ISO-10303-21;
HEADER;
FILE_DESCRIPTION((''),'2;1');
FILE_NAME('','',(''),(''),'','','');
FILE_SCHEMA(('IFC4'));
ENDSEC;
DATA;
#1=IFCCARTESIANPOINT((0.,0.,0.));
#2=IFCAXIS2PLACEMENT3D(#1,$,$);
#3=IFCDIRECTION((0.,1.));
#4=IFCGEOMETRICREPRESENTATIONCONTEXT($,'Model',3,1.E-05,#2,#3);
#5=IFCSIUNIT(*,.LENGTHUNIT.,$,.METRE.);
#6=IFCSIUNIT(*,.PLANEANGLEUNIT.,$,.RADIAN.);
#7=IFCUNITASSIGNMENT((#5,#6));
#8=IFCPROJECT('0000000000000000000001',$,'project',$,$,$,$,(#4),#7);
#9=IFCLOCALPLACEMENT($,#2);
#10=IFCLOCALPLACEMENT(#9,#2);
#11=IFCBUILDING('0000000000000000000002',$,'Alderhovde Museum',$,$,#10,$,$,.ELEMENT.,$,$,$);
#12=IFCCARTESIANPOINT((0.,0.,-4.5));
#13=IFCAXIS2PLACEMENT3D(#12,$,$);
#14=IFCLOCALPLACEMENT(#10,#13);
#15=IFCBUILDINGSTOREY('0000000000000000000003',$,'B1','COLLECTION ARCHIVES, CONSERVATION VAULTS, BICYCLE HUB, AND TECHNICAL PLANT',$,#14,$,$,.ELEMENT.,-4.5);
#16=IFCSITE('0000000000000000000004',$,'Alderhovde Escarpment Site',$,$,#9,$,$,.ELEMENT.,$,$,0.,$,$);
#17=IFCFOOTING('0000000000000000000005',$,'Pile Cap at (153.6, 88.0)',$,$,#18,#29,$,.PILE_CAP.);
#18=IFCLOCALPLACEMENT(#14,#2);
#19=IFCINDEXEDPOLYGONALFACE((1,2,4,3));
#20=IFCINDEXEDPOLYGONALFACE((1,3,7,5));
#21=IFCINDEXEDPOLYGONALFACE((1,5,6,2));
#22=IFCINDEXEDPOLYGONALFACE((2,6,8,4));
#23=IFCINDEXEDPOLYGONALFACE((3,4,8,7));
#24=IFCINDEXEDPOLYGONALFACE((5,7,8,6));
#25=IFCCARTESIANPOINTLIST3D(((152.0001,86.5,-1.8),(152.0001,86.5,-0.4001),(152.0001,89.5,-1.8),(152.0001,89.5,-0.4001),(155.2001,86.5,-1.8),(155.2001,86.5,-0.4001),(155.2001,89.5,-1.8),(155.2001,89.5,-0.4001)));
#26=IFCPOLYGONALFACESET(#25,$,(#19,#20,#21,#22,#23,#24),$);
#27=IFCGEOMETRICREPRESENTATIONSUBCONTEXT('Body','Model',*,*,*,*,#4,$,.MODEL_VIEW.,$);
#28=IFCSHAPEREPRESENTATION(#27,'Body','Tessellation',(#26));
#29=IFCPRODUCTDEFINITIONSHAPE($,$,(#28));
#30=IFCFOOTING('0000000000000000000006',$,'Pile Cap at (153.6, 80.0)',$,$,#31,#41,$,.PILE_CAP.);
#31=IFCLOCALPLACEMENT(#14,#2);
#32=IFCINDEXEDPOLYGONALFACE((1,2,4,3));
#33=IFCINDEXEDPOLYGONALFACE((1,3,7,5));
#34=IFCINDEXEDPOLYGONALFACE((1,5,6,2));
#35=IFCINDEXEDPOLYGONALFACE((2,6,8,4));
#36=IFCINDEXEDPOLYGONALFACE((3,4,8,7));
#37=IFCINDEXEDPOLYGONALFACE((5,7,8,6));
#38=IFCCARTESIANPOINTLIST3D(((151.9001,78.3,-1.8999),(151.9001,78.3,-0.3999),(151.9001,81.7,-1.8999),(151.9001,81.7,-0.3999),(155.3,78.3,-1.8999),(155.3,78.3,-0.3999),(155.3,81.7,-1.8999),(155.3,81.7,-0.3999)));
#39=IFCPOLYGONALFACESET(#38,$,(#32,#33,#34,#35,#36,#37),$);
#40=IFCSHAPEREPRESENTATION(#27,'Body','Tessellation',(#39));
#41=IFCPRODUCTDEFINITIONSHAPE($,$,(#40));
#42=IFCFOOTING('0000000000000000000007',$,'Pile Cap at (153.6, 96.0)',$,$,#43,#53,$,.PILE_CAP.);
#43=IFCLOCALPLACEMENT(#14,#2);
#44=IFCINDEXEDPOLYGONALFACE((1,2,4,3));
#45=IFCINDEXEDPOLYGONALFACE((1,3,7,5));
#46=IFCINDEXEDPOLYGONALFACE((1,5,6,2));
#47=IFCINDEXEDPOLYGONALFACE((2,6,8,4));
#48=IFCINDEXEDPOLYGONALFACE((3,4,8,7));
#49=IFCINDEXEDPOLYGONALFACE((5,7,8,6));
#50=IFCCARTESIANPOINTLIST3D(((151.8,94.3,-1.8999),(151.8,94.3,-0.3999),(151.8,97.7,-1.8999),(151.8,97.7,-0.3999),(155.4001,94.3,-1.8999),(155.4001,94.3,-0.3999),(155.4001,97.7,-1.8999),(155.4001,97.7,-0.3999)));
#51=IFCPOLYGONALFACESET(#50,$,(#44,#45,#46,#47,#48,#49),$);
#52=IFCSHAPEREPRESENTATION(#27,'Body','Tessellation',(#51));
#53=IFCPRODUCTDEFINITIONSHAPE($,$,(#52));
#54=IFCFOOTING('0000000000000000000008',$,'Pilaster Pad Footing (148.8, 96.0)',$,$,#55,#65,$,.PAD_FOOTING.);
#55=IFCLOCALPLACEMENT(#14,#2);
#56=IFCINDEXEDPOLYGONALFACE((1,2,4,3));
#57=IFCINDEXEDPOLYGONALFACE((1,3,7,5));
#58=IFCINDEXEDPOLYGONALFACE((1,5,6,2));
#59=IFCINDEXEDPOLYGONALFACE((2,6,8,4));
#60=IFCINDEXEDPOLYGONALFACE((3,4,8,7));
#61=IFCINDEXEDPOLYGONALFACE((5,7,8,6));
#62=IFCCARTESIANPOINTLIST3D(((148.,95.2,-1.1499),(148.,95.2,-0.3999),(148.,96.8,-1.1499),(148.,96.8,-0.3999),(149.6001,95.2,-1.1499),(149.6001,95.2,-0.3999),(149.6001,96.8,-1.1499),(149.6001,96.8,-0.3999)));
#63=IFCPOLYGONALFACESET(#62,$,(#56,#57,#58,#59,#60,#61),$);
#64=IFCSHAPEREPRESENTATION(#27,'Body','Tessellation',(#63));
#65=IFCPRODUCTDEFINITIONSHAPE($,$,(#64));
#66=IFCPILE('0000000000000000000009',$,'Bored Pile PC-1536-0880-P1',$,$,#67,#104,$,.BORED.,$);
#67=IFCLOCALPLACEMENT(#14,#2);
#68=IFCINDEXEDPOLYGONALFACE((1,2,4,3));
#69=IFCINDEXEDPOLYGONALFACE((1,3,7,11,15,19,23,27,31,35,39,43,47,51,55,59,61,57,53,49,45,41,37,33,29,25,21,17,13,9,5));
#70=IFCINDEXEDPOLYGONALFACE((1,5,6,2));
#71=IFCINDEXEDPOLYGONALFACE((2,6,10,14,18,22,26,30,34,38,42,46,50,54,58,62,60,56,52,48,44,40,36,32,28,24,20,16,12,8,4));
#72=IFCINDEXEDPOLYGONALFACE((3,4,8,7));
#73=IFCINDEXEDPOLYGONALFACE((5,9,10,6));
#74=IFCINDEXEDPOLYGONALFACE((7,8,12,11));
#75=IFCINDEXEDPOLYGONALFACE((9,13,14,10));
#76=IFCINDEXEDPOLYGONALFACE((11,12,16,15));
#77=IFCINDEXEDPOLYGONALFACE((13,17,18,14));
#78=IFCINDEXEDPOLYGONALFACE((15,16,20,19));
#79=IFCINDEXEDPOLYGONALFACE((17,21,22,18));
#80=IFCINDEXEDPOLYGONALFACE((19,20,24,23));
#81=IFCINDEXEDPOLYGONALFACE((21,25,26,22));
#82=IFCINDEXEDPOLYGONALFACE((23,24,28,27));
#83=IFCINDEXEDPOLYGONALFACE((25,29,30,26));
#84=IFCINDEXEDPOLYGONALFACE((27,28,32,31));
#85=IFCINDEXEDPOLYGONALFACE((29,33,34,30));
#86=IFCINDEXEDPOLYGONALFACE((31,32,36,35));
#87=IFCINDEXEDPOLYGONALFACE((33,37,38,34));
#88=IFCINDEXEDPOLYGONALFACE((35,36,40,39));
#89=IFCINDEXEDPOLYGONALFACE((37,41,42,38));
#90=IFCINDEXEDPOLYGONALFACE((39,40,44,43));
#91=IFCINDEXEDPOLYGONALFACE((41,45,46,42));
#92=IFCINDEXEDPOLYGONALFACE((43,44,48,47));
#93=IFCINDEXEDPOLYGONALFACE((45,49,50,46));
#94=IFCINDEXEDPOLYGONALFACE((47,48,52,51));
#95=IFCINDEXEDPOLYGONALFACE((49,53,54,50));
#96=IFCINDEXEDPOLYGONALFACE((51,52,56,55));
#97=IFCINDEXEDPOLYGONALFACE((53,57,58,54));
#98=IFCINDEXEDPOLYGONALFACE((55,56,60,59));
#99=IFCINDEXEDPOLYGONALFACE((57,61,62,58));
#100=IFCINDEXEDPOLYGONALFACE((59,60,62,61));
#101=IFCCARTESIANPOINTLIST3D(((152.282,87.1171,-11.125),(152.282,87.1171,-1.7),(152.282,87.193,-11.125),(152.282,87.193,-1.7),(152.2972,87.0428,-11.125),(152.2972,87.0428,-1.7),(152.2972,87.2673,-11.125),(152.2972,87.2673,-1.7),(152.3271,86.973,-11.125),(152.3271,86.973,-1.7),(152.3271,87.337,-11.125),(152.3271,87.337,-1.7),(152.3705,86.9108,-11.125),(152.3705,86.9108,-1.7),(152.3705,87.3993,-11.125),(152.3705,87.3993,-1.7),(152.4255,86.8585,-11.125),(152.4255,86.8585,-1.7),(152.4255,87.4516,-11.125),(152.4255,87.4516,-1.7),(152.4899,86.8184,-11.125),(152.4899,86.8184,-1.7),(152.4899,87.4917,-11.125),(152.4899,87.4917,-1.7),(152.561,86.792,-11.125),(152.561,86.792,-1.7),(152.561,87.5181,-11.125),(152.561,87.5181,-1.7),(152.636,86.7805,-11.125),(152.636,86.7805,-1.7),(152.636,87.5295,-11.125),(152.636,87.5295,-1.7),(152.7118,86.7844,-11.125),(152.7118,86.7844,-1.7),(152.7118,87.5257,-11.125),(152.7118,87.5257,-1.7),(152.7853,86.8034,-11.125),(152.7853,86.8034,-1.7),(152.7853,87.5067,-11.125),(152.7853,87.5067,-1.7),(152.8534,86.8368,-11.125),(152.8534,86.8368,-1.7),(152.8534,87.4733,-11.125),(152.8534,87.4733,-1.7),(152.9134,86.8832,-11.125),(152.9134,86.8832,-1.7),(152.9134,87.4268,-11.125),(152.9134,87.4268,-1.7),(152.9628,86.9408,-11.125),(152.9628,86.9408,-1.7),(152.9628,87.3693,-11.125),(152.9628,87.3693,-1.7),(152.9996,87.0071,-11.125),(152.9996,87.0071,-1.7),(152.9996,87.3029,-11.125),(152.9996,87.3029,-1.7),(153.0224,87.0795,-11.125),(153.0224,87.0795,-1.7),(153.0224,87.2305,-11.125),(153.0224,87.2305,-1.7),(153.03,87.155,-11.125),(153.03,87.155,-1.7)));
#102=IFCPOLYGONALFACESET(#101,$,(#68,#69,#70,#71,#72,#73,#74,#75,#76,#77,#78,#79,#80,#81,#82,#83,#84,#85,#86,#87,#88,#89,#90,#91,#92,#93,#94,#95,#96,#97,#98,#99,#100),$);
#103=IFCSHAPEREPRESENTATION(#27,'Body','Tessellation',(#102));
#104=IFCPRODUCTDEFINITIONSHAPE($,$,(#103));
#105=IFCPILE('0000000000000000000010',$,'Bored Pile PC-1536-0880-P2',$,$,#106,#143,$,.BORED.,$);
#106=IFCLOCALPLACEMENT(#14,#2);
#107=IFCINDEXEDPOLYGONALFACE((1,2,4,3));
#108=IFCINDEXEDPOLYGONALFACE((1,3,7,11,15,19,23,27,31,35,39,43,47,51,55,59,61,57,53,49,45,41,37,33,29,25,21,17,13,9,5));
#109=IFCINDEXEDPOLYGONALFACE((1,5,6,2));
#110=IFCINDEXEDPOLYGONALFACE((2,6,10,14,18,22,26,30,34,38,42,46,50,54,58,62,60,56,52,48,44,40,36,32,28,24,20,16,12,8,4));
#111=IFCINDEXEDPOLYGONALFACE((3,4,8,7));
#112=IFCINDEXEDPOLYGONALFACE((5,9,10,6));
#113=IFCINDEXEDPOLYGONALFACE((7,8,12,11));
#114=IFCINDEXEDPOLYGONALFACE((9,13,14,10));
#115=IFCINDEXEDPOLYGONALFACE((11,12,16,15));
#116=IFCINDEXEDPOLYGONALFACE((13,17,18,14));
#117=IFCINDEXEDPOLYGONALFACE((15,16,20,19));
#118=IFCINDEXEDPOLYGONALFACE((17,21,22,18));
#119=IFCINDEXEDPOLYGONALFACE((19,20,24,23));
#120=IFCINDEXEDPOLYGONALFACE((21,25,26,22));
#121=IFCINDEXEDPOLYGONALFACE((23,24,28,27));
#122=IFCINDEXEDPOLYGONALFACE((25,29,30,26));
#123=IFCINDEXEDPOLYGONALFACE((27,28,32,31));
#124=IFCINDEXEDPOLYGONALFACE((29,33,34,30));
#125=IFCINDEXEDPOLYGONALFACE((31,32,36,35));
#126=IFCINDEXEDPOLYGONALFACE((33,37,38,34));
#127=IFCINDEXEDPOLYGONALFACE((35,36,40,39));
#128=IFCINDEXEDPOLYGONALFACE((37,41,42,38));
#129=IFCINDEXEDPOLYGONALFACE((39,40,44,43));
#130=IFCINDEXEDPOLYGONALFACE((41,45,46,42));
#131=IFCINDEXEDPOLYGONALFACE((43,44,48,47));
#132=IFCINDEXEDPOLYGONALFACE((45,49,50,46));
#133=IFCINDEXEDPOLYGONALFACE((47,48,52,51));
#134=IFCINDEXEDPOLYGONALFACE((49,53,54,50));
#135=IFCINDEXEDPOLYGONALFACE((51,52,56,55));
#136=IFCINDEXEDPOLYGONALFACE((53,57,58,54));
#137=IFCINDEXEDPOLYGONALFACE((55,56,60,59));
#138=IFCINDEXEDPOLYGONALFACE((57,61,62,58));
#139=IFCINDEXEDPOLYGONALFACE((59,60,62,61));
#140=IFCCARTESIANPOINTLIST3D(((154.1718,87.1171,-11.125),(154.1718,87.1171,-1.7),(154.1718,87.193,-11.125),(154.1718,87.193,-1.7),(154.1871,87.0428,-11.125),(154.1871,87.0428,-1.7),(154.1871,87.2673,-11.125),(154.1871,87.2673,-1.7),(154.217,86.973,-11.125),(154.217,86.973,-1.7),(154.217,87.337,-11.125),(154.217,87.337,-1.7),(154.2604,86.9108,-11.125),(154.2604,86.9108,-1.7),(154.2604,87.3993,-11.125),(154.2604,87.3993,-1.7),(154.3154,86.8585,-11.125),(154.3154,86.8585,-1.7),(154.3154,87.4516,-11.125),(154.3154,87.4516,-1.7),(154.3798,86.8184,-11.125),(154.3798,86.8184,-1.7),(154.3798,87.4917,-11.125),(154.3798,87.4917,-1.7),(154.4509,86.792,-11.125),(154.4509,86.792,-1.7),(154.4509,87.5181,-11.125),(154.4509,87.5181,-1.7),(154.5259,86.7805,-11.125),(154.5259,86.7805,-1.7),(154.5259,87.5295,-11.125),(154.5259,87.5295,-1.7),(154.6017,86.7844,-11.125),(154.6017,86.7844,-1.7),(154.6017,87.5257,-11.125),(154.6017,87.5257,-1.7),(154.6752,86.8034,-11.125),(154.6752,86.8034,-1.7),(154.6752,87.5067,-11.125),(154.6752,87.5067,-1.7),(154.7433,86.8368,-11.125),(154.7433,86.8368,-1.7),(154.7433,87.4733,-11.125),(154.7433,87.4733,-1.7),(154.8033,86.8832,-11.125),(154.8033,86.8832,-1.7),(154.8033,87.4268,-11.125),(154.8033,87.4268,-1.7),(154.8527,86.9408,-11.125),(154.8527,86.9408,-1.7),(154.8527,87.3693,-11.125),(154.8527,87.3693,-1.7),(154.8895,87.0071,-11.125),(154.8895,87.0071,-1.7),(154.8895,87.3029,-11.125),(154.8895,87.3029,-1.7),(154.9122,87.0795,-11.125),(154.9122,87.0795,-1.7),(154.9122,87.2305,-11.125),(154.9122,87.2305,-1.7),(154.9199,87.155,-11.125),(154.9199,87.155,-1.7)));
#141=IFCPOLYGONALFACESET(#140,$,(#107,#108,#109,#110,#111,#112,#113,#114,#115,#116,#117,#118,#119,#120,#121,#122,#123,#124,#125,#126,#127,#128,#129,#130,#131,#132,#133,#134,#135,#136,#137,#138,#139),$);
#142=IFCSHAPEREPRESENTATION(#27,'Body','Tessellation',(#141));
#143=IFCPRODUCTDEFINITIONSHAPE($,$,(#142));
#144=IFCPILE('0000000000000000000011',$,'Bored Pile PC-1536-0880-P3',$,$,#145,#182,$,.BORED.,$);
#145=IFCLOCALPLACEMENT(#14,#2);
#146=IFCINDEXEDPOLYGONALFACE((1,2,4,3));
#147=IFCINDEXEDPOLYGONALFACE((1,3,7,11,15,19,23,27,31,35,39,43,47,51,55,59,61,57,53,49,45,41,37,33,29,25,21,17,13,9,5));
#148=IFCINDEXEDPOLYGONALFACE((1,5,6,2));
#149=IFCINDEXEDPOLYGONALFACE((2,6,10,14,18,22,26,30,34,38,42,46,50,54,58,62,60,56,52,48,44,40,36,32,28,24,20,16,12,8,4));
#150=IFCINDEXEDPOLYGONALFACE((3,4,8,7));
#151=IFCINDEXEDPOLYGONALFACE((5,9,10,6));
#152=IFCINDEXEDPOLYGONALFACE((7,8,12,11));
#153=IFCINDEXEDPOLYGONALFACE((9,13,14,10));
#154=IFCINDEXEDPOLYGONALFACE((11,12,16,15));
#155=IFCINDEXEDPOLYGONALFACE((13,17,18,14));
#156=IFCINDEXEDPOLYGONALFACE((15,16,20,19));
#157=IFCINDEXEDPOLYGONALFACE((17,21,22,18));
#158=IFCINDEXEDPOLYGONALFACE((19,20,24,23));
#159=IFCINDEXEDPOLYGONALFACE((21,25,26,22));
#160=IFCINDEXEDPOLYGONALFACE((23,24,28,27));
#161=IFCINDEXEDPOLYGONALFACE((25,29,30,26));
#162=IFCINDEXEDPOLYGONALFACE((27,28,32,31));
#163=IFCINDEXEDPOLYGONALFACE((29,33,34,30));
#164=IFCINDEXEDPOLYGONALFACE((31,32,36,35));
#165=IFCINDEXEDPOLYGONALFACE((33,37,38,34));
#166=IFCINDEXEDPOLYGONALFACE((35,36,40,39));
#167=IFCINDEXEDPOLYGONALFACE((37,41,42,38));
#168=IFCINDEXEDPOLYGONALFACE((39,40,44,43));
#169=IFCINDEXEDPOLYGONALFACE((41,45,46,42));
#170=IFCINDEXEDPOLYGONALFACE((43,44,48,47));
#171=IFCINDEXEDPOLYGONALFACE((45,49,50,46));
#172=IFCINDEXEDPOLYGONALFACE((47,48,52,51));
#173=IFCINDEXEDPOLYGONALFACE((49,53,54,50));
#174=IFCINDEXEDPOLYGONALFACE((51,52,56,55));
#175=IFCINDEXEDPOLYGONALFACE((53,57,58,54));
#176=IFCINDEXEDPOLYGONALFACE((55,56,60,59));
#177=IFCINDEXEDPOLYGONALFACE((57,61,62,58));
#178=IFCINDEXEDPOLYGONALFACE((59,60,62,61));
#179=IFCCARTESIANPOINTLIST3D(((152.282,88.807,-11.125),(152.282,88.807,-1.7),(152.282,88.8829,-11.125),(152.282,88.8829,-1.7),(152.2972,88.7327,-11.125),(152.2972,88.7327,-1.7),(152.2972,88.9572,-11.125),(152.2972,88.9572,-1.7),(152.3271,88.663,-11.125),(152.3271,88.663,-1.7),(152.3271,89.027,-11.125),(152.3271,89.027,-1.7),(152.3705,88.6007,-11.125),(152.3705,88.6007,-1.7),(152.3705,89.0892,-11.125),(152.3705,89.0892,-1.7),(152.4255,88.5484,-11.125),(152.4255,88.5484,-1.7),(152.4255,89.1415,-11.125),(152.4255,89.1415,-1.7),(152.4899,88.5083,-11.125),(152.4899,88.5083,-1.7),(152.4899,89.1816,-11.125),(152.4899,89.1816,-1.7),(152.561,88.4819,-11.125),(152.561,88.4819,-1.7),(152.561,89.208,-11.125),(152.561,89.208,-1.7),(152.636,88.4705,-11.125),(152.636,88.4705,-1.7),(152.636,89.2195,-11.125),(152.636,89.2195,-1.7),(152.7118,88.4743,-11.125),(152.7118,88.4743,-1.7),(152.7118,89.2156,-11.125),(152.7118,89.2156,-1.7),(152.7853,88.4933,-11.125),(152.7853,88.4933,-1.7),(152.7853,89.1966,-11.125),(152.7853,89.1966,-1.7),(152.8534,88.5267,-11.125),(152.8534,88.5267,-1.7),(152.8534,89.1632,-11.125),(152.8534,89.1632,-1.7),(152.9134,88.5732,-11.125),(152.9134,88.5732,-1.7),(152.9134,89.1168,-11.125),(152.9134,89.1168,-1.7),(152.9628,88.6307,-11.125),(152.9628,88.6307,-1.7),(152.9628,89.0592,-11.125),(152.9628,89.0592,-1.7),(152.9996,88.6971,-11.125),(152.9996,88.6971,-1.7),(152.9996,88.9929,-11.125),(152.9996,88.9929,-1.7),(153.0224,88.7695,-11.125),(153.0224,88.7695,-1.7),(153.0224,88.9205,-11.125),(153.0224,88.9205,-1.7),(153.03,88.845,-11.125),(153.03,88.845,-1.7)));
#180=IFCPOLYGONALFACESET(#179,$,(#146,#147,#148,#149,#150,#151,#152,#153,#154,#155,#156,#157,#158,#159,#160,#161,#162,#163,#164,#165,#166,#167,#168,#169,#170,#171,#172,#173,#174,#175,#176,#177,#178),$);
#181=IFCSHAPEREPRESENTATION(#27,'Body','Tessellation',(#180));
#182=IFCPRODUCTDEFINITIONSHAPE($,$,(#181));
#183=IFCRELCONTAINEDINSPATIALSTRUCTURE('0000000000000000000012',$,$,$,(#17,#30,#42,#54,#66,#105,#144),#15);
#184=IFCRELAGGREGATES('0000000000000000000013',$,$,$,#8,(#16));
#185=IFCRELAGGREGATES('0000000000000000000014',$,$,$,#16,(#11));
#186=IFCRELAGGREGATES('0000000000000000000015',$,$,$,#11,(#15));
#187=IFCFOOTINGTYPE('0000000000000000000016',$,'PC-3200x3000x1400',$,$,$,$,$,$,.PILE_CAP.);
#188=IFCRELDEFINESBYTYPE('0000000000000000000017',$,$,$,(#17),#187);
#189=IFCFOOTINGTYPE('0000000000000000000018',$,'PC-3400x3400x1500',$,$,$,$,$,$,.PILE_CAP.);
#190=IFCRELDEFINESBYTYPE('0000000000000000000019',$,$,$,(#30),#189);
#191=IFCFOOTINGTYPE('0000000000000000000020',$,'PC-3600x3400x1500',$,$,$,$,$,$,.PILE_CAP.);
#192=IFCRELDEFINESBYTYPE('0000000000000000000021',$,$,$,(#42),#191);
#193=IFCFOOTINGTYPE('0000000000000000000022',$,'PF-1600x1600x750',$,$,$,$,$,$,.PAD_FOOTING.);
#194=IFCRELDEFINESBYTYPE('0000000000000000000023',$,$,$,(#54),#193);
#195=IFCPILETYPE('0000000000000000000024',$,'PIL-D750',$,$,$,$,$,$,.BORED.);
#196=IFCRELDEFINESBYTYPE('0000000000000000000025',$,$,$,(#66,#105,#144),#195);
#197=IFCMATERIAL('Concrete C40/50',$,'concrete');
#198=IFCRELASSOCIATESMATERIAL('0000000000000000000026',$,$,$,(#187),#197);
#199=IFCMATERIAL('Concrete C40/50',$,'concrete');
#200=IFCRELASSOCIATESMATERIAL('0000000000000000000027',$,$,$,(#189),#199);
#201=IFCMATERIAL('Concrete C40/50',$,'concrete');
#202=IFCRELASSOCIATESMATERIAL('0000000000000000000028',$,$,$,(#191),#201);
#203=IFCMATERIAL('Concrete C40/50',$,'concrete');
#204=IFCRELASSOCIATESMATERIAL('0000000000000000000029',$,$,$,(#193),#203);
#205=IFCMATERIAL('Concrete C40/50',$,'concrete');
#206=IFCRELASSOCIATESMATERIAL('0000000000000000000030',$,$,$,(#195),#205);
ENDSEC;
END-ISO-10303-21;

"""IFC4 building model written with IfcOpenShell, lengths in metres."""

from ifc_helpers import new_model, si_unit, direction, frame, origin, origin_2d, place, context, subcontext, project, spatial, rectangle, circle, extrude, material, material_profile, profile_set, type_object, element, save


model = new_model("IFC4")

# Units and contexts
model_context = context("Model", 3, precision=1e-05, world=origin(), true_north=direction((0.0, 1.0)))
body_context = subcontext(model_context, "Body", "Model", "MODEL_VIEW")
ifc_project = project(units=[si_unit("LENGTHUNIT", "METRE"), si_unit("PLANEANGLEUNIT", "RADIAN")], contexts=[model_context])

# Site, building, storey
site_placement = place(None, origin())
site = spatial("IfcSite", under=ifc_project, at=site_placement, Name="Alderhovde Escarpment Site", CompositionType="ELEMENT", RefElevation=0.0)
building_placement = place(site_placement, origin())
building = spatial("IfcBuilding", under=site, at=building_placement, Name="Alderhovde Museum", CompositionType="ELEMENT")
storey_placement = place(building_placement, frame((0.0, 0.0, -4.5)))
storey = spatial("IfcBuildingStorey", under=building, at=storey_placement, Name="B1", Description="COLLECTION ARCHIVES, CONSERVATION VAULTS, BICYCLE HUB, AND TECHNICAL PLANT", CompositionType="ELEMENT", Elevation=-4.5)

# Footings
ifc_material_1 = material(Name="Concrete C40/50", Category="concrete")
footing_type_1 = type_object("IfcFootingType", Name="PC-3200x3000x1400", PredefinedType="PILE_CAP", material=ifc_material_1)
footing_1_placement = place(storey_placement, frame((153.6001, 88.0, -1.8), z_axis=(0.0, 0.0, 1.0), x_axis=(1.0, 0.0, 0.0)))
element("IfcFooting", 1, at=footing_1_placement, inside=storey, type_object=footing_type_1, Name="Pile Cap at (153.6, 88.0)", PredefinedType="PILE_CAP", context=body_context, shape_type="SweptSolid", body=[
    extrude(rectangle(XDim=3.2, YDim=3.0, at=origin_2d()), origin(), (0.0, 0.0, 1.0), 1.3999),
])
ifc_material_2 = material(Name="Concrete C40/50", Category="concrete")
footing_type_2 = type_object("IfcFootingType", Name="PC-3400x3400x1500", PredefinedType="PILE_CAP", material=ifc_material_2)
footing_2_placement = place(storey_placement, frame((153.6001, 80.0, -1.8999), z_axis=(0.0, 0.0, 1.0), x_axis=(1.0, 0.0, 0.0)))
element("IfcFooting", 2, at=footing_2_placement, inside=storey, type_object=footing_type_2, Name="Pile Cap at (153.6, 80.0)", PredefinedType="PILE_CAP", context=body_context, shape_type="SweptSolid", body=[
    extrude(rectangle(XDim=3.3999, YDim=3.3999, at=origin_2d()), origin(), (0.0, 0.0, 1.0), 1.5),
])
ifc_material_3 = material(Name="Concrete C40/50", Category="concrete")
footing_type_3 = type_object("IfcFootingType", Name="PC-3600x3400x1500", PredefinedType="PILE_CAP", material=ifc_material_3)
footing_3_placement = place(storey_placement, frame((153.6001, 96.0, -1.8999), z_axis=(0.0, 0.0, 1.0), x_axis=(1.0, 0.0, 0.0)))
element("IfcFooting", 3, at=footing_3_placement, inside=storey, type_object=footing_type_3, Name="Pile Cap at (153.6, 96.0)", PredefinedType="PILE_CAP", context=body_context, shape_type="SweptSolid", body=[
    extrude(rectangle(XDim=3.6001, YDim=3.3999, at=origin_2d()), origin(), (0.0, 0.0, 1.0), 1.5),
])
ifc_material_4 = material(Name="Concrete C40/50", Category="concrete")
footing_type_4 = type_object("IfcFootingType", Name="PF-1600x1600x750", PredefinedType="PAD_FOOTING", material=ifc_material_4)
footing_4_placement = place(storey_placement, frame((148.8, 96.0, -1.1499), z_axis=(0.0, 0.0, 1.0), x_axis=(1.0, 0.0, 0.0)))
element("IfcFooting", 4, at=footing_4_placement, inside=storey, type_object=footing_type_4, Name="Pilaster Pad Footing (148.8, 96.0)", PredefinedType="PAD_FOOTING", context=body_context, shape_type="SweptSolid", body=[
    extrude(rectangle(XDim=1.6001, YDim=1.6001, at=origin_2d()), origin(), (0.0, 0.0, 1.0), 0.75),
])

# Piles
ifc_material_5 = material(Name="Concrete C40/50", Category="concrete")
ifc_material_profile_1 = material_profile(ifc_material_5, circle(Radius=0.375, at=origin_2d()), Name="PILE-D750")
ifc_profile_set_1 = profile_set([ifc_material_profile_1], Name="Concrete C40/50")
pile_type_1 = type_object("IfcPileType", Name="PIL-D750", PredefinedType="BORED", material=ifc_profile_set_1)
for number, where, z_axis, x_axis, name in (
    (5, (152.655, 87.155, -1.7), (0.0, 0.0, -1.0), (1.0, 0.0, 0.0), "Bored Pile PC-1536-0880-P1"),
    (6, (154.5449, 87.155, -1.7), (0.0, 0.0, -1.0), (1.0, 0.0, 0.0), "Bored Pile PC-1536-0880-P2"),
    (7, (152.655, 88.845, -1.7), (0.0, 0.0, -1.0), (1.0, 0.0, 0.0), "Bored Pile PC-1536-0880-P3"),
):
    element("IfcPile", number, at=place(storey_placement, frame(where, z_axis=z_axis, x_axis=x_axis)), inside=storey, type_object=pile_type_1, Name=name, PredefinedType="BORED", context=body_context, shape_type="SweptSolid", body=[
        extrude(circle(Radius=0.375, at=origin_2d()), origin(), (0.0, 0.0, 1.0), 9.425),
    ])

save(model, "model.ifc")
